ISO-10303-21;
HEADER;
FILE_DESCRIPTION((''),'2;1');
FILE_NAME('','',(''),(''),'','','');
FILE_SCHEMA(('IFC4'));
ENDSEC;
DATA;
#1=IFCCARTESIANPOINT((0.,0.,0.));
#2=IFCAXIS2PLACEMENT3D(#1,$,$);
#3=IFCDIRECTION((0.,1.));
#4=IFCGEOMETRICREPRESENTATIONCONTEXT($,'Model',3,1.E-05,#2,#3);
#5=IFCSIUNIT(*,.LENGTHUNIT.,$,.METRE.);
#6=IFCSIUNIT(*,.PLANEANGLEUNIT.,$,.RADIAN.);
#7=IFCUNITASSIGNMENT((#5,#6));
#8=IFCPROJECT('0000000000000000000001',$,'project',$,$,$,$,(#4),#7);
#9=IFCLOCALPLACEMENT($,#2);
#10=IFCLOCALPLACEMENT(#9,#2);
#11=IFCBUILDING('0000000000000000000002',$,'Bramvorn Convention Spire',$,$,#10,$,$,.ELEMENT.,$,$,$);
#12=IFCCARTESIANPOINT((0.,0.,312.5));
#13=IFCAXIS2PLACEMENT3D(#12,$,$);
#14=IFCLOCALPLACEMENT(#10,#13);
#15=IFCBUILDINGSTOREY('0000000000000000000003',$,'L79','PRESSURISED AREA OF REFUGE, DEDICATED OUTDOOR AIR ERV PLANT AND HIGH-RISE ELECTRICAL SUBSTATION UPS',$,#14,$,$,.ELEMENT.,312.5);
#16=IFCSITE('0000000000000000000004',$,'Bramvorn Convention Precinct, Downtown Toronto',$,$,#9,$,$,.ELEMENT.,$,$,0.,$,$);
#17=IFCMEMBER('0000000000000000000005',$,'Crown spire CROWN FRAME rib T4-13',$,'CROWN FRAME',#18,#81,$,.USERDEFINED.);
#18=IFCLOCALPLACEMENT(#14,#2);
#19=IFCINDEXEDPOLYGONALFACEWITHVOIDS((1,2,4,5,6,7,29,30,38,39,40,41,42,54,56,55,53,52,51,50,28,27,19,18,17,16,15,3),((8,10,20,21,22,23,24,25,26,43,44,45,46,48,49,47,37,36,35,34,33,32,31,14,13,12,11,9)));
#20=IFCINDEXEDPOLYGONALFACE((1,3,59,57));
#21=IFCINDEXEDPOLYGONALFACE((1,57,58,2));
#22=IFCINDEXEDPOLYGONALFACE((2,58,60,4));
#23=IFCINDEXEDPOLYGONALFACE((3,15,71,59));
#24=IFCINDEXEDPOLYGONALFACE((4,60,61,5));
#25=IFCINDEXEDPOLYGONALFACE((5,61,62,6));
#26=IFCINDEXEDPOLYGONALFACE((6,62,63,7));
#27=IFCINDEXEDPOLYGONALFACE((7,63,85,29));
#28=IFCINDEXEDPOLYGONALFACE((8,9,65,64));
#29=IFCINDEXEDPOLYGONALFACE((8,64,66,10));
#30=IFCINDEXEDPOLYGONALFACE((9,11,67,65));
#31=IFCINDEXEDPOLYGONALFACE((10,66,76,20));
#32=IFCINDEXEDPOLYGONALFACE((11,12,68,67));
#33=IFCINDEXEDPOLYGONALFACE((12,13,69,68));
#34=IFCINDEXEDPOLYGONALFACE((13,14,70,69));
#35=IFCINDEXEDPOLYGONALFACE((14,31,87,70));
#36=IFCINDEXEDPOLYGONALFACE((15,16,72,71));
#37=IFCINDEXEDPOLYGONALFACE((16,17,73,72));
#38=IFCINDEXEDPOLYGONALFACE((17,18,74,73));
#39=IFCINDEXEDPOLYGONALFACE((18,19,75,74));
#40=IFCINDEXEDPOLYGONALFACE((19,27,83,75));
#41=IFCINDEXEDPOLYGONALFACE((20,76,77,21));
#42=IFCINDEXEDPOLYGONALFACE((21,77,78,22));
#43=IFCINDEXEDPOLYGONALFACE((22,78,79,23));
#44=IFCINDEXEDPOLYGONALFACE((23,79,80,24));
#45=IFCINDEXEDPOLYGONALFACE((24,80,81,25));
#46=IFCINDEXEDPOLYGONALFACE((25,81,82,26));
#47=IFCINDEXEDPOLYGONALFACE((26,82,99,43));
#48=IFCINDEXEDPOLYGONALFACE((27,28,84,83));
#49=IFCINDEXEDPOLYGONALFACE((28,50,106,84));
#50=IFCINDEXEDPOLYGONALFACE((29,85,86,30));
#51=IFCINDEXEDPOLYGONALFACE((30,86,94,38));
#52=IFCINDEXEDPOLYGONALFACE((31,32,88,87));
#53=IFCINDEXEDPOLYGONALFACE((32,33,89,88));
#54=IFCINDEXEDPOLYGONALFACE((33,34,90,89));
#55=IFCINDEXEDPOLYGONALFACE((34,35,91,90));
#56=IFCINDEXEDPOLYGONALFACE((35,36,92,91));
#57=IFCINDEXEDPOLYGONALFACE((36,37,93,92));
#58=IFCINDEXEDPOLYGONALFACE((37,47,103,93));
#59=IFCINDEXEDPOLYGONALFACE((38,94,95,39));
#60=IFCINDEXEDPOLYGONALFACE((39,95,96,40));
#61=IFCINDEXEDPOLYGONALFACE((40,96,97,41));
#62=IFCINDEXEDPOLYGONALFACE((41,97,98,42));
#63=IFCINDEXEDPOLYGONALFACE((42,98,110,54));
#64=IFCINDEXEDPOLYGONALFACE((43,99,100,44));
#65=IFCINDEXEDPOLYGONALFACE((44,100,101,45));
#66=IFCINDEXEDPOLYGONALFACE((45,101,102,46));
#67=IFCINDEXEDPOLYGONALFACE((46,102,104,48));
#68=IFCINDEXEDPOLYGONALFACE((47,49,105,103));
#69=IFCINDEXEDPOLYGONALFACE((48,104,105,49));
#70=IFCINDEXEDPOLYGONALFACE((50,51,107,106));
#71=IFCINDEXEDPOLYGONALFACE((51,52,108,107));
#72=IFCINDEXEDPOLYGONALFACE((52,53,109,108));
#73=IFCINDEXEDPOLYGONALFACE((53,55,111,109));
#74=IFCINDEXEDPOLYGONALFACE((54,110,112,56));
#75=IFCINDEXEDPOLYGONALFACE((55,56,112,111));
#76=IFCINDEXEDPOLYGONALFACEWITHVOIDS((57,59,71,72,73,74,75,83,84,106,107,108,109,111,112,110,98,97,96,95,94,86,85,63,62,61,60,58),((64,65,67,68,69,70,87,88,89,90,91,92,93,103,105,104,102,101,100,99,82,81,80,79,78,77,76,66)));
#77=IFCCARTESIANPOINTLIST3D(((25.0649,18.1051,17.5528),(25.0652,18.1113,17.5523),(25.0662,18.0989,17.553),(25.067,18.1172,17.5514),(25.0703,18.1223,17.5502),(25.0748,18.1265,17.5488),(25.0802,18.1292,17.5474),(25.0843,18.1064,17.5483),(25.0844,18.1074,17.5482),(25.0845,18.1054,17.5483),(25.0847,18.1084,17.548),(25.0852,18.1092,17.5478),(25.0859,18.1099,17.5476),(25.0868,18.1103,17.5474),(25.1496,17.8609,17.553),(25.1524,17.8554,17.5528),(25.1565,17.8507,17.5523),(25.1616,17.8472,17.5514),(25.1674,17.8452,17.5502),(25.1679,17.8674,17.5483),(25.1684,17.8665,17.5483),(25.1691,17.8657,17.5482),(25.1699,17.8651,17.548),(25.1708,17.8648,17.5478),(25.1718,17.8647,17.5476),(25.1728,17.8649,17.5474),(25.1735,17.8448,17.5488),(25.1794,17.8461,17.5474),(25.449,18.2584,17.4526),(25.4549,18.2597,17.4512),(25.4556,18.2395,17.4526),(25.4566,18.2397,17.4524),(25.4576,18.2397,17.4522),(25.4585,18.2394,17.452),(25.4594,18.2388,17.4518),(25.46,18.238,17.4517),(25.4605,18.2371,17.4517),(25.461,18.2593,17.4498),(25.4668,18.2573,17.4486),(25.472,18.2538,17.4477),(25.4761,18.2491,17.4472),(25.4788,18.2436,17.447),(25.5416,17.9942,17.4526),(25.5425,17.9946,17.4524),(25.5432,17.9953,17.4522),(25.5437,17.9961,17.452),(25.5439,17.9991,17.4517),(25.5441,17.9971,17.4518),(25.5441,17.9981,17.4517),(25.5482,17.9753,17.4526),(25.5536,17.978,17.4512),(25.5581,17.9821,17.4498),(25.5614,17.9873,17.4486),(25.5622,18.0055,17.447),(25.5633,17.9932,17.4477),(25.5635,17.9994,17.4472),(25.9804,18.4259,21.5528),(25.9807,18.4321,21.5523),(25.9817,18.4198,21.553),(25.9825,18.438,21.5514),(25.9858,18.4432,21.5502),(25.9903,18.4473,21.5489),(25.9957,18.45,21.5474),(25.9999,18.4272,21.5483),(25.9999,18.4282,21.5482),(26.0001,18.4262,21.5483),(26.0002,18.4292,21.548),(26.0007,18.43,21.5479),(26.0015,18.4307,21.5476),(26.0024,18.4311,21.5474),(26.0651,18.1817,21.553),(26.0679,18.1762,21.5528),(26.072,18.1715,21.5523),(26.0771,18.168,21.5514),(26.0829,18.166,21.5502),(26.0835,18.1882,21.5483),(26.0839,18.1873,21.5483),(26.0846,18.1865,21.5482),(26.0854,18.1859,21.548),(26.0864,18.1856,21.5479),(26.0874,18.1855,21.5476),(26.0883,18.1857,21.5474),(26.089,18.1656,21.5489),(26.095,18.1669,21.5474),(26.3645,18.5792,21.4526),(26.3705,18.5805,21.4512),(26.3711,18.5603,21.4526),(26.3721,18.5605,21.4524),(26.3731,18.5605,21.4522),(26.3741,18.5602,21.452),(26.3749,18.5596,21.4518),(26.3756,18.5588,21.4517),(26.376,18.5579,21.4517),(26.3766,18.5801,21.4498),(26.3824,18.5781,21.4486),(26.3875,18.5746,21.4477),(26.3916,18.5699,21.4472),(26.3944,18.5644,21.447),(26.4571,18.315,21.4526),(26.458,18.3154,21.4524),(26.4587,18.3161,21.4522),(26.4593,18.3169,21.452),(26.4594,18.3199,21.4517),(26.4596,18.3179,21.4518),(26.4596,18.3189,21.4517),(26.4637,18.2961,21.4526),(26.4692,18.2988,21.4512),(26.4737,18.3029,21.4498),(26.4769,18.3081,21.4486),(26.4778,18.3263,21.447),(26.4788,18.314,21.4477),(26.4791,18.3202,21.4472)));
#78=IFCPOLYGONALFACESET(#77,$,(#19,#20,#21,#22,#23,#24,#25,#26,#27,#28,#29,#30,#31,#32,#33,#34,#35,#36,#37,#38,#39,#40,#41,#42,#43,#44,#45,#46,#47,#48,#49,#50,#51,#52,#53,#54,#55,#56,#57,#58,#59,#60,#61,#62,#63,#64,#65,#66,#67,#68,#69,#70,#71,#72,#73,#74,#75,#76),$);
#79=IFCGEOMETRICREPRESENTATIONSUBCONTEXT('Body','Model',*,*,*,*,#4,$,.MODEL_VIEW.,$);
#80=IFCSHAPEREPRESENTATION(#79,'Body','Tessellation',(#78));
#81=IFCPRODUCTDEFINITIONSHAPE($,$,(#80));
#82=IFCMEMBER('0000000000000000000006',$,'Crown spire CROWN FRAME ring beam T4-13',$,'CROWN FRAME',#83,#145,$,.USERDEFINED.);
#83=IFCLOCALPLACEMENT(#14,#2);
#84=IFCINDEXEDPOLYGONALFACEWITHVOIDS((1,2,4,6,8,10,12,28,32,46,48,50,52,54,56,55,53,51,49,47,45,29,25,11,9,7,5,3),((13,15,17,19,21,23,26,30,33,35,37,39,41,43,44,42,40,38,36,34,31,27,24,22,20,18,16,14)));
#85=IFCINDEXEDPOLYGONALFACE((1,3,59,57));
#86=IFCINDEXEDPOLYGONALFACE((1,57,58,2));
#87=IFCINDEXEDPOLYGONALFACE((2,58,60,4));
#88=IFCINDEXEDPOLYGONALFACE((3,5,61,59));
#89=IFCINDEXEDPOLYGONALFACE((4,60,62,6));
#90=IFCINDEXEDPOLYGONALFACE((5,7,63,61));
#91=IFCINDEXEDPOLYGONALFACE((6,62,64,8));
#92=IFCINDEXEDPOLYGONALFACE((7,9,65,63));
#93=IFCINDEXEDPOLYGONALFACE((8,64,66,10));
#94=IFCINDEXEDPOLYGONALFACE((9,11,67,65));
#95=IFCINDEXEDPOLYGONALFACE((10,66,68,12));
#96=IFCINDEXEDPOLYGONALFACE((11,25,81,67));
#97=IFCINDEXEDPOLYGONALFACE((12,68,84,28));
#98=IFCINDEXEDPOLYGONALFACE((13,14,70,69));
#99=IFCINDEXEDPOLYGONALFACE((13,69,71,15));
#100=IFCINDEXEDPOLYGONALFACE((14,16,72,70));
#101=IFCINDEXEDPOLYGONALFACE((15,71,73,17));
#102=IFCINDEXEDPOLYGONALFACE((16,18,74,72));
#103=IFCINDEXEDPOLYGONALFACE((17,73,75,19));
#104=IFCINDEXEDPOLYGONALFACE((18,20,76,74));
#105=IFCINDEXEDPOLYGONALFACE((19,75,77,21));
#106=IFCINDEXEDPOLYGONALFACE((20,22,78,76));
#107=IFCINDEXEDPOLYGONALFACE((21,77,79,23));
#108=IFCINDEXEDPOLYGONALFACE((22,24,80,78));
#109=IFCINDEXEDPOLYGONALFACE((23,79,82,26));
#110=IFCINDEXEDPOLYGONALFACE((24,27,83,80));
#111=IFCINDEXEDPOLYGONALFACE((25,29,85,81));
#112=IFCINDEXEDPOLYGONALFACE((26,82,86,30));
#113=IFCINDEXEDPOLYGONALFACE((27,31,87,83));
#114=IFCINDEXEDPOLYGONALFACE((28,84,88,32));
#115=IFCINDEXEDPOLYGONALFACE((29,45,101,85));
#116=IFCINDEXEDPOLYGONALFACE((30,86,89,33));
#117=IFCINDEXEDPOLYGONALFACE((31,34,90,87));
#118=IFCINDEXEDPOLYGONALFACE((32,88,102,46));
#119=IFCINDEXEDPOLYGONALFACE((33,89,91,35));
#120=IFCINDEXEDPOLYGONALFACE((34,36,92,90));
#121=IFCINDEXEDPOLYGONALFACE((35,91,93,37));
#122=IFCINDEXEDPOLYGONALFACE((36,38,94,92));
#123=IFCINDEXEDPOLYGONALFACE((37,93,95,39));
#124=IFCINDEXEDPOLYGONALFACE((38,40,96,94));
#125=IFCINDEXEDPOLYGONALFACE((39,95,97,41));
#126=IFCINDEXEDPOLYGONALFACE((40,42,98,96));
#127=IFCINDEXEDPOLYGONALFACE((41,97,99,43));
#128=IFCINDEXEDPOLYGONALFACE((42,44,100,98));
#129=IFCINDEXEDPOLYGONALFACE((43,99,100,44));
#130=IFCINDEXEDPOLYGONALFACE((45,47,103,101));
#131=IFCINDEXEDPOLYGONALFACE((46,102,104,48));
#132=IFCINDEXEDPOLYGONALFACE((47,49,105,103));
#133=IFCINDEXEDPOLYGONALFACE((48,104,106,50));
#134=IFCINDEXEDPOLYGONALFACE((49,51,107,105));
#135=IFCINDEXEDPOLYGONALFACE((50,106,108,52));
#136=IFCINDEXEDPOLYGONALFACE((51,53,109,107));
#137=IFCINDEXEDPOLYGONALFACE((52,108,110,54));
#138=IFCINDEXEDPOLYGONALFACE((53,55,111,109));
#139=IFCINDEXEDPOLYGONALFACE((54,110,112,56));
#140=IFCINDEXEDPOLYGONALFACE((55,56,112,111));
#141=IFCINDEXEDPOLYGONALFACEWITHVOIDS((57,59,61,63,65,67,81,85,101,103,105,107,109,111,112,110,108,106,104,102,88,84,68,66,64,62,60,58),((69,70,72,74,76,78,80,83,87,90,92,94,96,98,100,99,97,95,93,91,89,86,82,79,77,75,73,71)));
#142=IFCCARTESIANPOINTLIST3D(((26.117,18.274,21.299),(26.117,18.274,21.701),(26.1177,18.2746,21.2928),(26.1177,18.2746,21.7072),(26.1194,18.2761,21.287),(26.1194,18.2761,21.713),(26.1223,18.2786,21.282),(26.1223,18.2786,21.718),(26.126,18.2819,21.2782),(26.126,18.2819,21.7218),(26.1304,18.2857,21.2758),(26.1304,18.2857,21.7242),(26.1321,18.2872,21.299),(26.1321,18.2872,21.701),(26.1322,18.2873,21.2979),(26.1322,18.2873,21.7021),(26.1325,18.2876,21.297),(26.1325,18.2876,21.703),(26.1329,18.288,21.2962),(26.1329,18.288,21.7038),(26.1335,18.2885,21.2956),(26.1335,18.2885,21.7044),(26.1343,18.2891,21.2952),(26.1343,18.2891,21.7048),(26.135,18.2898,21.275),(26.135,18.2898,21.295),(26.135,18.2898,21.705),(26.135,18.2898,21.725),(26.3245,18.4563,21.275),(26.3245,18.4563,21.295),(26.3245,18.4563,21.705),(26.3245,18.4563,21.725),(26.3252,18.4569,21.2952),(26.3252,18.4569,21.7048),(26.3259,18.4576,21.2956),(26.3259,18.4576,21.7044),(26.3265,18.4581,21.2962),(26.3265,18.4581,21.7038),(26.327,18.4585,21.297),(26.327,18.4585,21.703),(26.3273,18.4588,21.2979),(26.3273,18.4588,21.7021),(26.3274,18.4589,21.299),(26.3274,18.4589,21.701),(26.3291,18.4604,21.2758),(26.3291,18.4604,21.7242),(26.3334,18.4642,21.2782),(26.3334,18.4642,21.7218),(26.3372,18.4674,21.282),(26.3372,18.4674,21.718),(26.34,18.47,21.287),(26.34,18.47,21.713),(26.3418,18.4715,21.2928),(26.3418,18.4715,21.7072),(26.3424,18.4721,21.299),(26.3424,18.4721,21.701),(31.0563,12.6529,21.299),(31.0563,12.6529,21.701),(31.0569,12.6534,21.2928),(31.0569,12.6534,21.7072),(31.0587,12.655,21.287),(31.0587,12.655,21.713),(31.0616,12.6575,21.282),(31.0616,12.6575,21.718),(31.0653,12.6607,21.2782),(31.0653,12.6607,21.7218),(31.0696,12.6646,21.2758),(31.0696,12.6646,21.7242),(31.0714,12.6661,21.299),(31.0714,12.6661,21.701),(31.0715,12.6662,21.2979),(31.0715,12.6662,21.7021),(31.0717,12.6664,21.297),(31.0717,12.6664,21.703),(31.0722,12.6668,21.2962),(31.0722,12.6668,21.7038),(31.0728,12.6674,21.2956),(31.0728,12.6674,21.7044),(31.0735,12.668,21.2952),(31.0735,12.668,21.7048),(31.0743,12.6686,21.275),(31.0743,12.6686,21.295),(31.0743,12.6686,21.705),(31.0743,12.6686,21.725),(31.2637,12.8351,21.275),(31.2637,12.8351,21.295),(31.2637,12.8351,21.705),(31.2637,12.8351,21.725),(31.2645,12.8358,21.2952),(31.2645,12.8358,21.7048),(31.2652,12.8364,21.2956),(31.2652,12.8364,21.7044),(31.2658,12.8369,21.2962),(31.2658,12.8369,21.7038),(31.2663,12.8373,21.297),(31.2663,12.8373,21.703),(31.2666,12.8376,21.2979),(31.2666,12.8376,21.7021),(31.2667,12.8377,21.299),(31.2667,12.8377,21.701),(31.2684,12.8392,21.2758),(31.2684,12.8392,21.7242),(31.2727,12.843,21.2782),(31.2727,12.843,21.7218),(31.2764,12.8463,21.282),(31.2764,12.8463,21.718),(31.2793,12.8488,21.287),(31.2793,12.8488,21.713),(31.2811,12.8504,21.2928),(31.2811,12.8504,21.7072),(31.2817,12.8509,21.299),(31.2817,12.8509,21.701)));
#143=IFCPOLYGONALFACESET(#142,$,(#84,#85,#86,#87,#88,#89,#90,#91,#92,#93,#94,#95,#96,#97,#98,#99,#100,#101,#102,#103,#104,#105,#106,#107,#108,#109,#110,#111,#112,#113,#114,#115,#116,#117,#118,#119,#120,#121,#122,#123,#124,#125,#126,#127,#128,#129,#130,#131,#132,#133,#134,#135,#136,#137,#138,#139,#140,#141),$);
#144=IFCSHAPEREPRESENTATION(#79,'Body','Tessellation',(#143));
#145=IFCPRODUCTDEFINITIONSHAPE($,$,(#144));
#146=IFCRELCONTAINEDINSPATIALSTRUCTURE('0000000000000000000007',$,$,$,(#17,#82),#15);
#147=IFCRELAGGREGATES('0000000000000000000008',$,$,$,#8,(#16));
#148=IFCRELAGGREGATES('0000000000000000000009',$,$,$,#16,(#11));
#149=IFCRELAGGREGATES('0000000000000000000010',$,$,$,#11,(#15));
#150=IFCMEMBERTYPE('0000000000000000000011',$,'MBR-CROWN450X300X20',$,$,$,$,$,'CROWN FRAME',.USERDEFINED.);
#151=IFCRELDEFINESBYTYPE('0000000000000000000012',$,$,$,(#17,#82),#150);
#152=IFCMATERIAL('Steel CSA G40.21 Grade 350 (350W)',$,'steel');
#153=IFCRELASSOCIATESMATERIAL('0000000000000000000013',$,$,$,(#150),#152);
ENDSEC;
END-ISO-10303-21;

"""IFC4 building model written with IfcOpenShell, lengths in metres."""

from ifc_helpers import new_model, si_unit, direction, frame, origin, origin_2d, place, context, subcontext, project, spatial, hollow_rectangle, extrude, material, material_profile, profile_set, type_object, element, save


model = new_model("IFC4")

# Units and contexts
model_context = context("Model", 3, precision=1e-05, world=origin(), true_north=direction((0.0, 1.0)))
body_context = subcontext(model_context, "Body", "Model", "MODEL_VIEW")
ifc_project = project(units=[si_unit("LENGTHUNIT", "METRE"), si_unit("PLANEANGLEUNIT", "RADIAN")], contexts=[model_context])

# Site, building, storey
site_placement = place(None, origin())
site = spatial("IfcSite", under=ifc_project, at=site_placement, Name="Bramvorn Convention Precinct, Downtown Toronto", CompositionType="ELEMENT", RefElevation=0.0)
building_placement = place(site_placement, origin())
building = spatial("IfcBuilding", under=site, at=building_placement, Name="Bramvorn Convention Spire", CompositionType="ELEMENT")
storey_placement = place(building_placement, frame((0.0, 0.0, 312.5)))
storey = spatial("IfcBuildingStorey", under=building, at=storey_placement, Name="L79", Description="PRESSURISED AREA OF REFUGE, DEDICATED OUTDOOR AIR ERV PLANT AND HIGH-RISE ELECTRICAL SUBSTATION UPS", CompositionType="ELEMENT", Elevation=312.5)

# Members
ifc_material_1 = material(Name="Steel CSA G40.21 Grade 350 (350W)", Category="steel")
ifc_material_profile = material_profile(ifc_material_1, hollow_rectangle(XDim=0.3, YDim=0.45, WallThickness=0.02, InnerFilletRadius=0.0039, OuterFilletRadius=0.0239, at=origin_2d()))
ifc_profile_set = profile_set([ifc_material_profile], Name="Steel CSA G40.21 Grade 350 (350W) - CROWN450X300X20")
member_type = type_object("IfcMemberType", Name="MBR-CROWN450X300X20", ElementType="CROWN FRAME", PredefinedType="USERDEFINED", material=ifc_profile_set)
member_1_placement = place(storey_placement, frame((25.3142, 18.0522, 17.5), z_axis=(0.222434, 0.077941, 0.971827), x_axis=(-0.330687, 0.943741, 0.0)))
element("IfcMember", 1, at=member_1_placement, inside=storey, type_object=member_type, Name="Crown spire CROWN FRAME rib T4-13", ObjectType="CROWN FRAME", PredefinedType="USERDEFINED", context=body_context, shape_type="SweptSolid", body=[
    extrude(hollow_rectangle(XDim=0.3, YDim=0.45, WallThickness=0.02, InnerFilletRadius=0.0039, OuterFilletRadius=0.0239, at=origin_2d()), origin(), (0.0, 0.0, 1.0), 4.116),
])
member_2_placement = place(storey_placement, frame((26.2297, 18.373, 21.5), z_axis=(0.660074, -0.751201, 0.0), x_axis=(0.751201, 0.660074, 0.0)))
element("IfcMember", 2, at=member_2_placement, inside=storey, type_object=member_type, Name="Crown spire CROWN FRAME ring beam T4-13", ObjectType="CROWN FRAME", PredefinedType="USERDEFINED", context=body_context, shape_type="SweptSolid", body=[
    extrude(hollow_rectangle(XDim=0.3, YDim=0.45, WallThickness=0.02, InnerFilletRadius=0.0039, OuterFilletRadius=0.0239, at=origin_2d()), origin(), (0.0, 0.0, 1.0), 7.4829),
])

save(model, "model.ifc")
